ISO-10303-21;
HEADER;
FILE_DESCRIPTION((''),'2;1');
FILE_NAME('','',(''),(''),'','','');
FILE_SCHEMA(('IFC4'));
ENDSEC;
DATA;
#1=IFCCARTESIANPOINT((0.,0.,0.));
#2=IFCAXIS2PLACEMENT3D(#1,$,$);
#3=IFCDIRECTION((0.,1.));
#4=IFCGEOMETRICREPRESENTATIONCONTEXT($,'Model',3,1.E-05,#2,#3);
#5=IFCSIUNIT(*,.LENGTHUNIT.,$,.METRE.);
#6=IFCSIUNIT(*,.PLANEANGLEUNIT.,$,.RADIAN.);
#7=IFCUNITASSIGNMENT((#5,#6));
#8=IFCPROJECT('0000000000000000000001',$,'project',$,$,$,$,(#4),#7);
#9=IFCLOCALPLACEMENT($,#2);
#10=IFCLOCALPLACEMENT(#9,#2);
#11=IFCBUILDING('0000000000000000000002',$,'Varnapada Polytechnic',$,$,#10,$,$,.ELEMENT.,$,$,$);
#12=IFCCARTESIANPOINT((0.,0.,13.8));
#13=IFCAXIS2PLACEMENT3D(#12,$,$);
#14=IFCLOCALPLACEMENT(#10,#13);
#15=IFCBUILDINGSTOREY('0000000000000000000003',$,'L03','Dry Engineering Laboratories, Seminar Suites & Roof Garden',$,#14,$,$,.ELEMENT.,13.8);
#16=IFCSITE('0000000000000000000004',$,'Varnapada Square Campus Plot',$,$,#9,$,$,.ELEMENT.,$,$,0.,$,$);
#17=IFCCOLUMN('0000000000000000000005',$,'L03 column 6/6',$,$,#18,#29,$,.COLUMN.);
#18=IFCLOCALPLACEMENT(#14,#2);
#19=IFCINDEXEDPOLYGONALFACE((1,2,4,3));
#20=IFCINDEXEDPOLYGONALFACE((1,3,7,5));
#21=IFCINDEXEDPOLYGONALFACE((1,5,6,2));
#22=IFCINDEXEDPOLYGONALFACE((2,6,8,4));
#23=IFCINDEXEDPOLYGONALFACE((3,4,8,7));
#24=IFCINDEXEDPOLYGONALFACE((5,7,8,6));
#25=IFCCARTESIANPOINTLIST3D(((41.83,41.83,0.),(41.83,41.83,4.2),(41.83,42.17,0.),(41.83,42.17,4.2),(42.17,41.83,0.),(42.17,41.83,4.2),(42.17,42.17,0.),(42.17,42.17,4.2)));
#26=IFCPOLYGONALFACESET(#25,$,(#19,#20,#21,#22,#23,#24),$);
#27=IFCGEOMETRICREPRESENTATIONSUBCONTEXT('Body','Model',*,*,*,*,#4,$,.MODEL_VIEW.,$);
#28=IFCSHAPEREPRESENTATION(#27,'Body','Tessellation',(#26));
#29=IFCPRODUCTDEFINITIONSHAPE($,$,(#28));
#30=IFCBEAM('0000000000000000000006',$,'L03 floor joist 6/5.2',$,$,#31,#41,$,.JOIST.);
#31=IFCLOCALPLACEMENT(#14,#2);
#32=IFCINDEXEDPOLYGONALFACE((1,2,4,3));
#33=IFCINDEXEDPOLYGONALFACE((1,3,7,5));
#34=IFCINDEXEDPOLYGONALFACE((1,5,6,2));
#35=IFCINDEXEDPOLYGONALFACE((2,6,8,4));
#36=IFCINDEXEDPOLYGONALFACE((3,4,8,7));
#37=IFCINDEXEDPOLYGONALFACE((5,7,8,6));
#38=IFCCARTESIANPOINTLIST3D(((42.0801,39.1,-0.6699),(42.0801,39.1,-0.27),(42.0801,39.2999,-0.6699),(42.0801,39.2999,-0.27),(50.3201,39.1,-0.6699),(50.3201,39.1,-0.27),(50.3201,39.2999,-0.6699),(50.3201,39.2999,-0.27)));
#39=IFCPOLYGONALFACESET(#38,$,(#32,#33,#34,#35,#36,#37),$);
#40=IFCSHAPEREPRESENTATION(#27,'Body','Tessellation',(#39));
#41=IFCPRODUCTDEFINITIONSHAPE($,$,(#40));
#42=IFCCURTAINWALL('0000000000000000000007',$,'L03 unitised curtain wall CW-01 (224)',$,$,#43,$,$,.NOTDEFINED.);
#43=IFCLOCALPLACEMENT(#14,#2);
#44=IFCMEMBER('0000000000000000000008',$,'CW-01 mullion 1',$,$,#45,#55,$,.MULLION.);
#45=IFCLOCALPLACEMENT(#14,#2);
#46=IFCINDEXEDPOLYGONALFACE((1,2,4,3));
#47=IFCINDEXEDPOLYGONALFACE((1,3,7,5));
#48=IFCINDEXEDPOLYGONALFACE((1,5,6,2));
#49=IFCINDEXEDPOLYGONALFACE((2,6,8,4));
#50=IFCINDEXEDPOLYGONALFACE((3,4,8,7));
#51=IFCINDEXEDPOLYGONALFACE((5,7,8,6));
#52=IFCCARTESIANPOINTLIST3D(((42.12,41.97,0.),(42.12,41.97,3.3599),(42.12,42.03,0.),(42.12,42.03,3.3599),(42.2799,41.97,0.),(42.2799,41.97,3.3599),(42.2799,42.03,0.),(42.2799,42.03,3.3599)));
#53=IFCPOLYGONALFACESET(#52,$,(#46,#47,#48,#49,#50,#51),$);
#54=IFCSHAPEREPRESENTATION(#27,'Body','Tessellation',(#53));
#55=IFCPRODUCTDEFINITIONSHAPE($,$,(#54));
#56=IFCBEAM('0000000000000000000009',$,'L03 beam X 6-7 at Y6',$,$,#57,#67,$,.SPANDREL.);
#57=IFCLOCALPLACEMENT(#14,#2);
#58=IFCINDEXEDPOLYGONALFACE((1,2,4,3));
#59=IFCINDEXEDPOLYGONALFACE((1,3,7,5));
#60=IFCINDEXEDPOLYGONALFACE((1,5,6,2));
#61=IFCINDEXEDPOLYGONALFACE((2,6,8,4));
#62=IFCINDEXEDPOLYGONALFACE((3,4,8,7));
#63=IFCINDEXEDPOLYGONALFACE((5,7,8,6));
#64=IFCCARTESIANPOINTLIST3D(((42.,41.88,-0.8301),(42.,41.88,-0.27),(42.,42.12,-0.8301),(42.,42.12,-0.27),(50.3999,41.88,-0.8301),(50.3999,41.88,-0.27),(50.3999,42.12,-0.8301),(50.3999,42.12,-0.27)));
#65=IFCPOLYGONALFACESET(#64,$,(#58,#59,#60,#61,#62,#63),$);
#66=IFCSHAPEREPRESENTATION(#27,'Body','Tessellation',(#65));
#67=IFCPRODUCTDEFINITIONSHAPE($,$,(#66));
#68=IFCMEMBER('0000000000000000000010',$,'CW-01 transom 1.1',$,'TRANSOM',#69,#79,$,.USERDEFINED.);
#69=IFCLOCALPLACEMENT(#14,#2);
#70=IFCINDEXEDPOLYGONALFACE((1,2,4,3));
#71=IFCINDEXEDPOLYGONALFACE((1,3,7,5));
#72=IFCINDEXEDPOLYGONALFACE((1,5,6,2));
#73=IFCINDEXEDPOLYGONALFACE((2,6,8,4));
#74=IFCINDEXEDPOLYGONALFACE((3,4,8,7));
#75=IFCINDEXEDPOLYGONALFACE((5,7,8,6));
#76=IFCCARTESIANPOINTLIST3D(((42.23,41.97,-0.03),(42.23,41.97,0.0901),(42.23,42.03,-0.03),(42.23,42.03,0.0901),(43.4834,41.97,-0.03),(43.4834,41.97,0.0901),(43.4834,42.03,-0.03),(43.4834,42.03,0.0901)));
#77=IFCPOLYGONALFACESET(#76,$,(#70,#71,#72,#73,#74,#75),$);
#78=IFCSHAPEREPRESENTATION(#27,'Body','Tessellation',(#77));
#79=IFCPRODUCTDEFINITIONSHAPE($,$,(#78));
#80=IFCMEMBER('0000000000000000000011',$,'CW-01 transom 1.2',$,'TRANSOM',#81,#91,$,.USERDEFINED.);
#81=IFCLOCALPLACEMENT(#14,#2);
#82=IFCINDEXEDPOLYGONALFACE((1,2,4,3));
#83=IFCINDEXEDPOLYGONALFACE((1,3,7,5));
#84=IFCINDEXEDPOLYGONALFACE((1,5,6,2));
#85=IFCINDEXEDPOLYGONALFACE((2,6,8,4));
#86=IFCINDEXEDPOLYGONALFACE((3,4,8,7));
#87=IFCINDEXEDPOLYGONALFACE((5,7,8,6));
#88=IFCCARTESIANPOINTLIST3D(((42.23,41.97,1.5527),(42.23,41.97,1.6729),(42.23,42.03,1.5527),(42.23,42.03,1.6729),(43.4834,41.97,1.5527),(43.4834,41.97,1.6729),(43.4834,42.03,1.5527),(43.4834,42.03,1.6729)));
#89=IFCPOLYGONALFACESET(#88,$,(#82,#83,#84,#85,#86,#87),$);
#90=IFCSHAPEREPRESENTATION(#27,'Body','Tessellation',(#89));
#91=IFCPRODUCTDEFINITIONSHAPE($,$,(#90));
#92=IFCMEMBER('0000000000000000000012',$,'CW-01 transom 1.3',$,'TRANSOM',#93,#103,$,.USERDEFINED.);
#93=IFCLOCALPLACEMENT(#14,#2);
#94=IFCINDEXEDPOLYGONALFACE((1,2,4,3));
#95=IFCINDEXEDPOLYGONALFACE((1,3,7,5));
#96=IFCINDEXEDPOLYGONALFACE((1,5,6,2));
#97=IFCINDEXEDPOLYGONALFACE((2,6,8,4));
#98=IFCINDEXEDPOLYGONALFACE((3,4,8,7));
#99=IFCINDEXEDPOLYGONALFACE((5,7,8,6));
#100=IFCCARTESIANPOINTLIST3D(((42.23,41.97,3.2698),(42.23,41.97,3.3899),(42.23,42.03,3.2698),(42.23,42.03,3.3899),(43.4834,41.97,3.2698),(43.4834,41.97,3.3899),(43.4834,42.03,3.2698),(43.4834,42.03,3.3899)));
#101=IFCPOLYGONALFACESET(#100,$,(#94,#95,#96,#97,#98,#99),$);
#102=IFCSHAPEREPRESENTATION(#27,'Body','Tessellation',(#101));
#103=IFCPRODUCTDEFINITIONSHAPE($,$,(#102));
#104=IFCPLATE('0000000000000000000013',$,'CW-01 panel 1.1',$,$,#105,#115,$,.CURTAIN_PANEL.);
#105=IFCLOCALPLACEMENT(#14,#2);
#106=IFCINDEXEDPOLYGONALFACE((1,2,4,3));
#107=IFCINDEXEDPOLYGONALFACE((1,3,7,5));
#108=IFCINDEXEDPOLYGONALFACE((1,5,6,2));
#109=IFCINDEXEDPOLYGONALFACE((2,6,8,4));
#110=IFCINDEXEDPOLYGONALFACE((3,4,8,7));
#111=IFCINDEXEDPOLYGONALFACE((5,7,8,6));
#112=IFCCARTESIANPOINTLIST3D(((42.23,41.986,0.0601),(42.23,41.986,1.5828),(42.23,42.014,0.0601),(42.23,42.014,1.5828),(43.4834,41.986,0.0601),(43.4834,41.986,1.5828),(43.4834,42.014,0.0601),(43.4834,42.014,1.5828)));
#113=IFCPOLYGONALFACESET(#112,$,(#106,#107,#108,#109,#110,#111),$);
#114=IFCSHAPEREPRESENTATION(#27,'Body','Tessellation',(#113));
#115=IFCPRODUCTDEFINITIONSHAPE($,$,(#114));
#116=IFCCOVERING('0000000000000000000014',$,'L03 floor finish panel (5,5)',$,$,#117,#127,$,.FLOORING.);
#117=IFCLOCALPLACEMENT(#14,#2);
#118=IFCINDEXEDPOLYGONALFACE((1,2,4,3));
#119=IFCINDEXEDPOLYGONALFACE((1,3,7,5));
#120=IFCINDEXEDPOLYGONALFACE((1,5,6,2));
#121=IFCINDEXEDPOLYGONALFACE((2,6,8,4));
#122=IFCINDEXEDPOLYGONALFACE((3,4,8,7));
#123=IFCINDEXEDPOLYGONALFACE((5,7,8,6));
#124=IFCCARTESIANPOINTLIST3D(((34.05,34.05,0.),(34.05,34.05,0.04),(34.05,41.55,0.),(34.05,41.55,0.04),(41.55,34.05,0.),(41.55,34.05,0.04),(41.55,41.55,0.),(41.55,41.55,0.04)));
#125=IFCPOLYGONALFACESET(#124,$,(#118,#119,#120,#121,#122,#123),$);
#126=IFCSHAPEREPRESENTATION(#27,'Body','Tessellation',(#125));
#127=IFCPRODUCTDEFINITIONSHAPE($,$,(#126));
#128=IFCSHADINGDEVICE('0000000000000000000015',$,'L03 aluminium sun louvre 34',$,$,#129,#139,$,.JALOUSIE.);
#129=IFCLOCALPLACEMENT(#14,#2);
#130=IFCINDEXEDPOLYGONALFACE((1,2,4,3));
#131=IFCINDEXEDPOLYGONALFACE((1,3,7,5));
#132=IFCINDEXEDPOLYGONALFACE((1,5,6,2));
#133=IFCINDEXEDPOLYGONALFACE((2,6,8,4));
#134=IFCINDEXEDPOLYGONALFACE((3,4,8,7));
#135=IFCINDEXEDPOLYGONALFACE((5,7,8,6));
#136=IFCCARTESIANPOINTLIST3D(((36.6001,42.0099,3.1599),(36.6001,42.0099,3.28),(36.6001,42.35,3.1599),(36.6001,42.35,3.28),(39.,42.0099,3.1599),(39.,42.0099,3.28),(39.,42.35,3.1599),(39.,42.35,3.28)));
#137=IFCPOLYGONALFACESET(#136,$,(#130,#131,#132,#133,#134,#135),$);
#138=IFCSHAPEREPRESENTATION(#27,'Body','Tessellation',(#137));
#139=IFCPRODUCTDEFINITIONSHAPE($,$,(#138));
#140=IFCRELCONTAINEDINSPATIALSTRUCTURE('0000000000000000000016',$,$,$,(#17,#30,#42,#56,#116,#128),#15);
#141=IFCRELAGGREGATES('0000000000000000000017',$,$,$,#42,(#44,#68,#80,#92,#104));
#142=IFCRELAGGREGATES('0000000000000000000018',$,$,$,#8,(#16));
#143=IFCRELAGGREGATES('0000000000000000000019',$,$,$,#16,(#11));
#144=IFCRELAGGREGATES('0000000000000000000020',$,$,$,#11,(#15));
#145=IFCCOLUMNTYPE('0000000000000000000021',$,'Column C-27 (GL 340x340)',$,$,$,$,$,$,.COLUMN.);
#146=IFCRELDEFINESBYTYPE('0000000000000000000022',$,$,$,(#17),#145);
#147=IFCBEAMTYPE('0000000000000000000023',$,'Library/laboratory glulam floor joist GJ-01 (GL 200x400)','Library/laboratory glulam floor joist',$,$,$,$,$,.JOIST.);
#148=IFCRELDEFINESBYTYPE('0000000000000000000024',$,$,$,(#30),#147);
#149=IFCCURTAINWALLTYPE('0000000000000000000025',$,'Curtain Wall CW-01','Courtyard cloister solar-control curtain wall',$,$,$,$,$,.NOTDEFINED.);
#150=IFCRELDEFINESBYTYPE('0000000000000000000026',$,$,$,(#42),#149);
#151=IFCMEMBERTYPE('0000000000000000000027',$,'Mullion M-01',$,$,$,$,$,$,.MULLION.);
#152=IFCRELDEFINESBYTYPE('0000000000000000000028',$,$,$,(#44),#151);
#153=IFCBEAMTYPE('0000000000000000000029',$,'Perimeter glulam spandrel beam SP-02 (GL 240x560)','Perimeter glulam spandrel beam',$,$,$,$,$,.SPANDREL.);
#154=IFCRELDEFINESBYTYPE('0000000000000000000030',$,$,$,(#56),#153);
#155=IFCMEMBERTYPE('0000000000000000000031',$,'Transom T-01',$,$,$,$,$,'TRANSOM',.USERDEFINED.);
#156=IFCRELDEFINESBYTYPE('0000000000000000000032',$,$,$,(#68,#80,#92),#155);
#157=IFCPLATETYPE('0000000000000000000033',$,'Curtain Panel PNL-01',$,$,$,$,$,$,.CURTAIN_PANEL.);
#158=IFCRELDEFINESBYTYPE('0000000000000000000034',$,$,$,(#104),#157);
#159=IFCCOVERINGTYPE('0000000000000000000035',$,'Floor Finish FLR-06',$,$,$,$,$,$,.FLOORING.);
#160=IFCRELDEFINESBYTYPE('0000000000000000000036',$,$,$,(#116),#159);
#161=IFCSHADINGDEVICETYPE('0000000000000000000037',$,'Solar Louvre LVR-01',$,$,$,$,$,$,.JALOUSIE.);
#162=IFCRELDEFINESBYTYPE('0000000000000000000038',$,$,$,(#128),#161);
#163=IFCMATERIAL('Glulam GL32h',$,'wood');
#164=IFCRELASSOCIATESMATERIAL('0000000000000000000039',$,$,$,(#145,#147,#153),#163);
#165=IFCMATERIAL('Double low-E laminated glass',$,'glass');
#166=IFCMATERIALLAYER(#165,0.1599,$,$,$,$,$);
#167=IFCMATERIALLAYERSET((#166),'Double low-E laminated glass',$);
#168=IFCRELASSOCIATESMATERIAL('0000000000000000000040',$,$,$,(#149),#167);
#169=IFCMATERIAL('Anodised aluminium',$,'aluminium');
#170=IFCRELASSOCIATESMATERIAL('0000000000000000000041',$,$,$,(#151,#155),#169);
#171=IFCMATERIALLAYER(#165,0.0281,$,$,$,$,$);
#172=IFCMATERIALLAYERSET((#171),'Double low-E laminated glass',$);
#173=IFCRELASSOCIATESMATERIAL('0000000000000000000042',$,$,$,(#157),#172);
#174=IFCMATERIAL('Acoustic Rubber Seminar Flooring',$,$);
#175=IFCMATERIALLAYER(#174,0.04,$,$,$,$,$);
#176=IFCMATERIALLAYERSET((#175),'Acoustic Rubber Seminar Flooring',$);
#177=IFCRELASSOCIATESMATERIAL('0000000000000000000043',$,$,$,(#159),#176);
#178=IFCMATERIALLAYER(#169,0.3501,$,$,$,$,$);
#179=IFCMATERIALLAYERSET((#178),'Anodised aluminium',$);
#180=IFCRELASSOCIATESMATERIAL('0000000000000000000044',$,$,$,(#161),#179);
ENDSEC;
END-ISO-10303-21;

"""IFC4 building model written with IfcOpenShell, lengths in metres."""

from ifc_helpers import new_model, si_unit, direction, frame, origin, origin_2d, place, context, subcontext, project, spatial, rectangle, extrude, material, layer, layer_set, material_profile, profile_set, type_object, element, aggregate, save


model = new_model("IFC4")

# Units and contexts
model_context = context("Model", 3, precision=1e-05, world=origin(), true_north=direction((0.0, 1.0)))
body_context = subcontext(model_context, "Body", "Model", "MODEL_VIEW")
ifc_project = project(units=[si_unit("LENGTHUNIT", "METRE"), si_unit("PLANEANGLEUNIT", "RADIAN")], contexts=[model_context])

# Site, building, storey
site_placement = place(None, origin())
site = spatial("IfcSite", under=ifc_project, at=site_placement, Name="Varnapada Square Campus Plot", CompositionType="ELEMENT", RefElevation=0.0)
building_placement = place(site_placement, origin())
building = spatial("IfcBuilding", under=site, at=building_placement, Name="Varnapada Polytechnic", CompositionType="ELEMENT")
storey_placement = place(building_placement, frame((0.0, 0.0, 13.8)))
storey = spatial("IfcBuildingStorey", under=building, at=storey_placement, Name="L03", Description="Dry Engineering Laboratories, Seminar Suites & Roof Garden", CompositionType="ELEMENT", Elevation=13.8)

# Column
ifc_material_1 = material(Name="Glulam GL32h", Category="wood")
ifc_material_profile_1 = material_profile(ifc_material_1, rectangle(XDim=0.3401, YDim=0.3401, at=origin_2d()), Name="GL 340x340")
ifc_profile_set_1 = profile_set([ifc_material_profile_1], Name="Glulam GL32h")
column_type = type_object("IfcColumnType", Name="Column C-27 (GL 340x340)", PredefinedType="COLUMN", material=ifc_profile_set_1)
column_placement = place(storey_placement, frame((42.0, 42.0, 0.0), z_axis=(0.0, 0.0, 1.0), x_axis=(1.0, 0.0, 0.0)))
element("IfcColumn", 1, at=column_placement, inside=storey, type_object=column_type, Name="L03 column 6/6", PredefinedType="COLUMN", context=body_context, shape_type="SweptSolid", body=[
    extrude(rectangle(XDim=0.3401, YDim=0.3401, at=origin_2d()), origin(), (0.0, 0.0, 1.0), 4.2),
])

# Beam
ifc_material_profile_2 = material_profile(ifc_material_1, rectangle(XDim=0.2, YDim=0.3999, at=origin_2d()), Name="GL 200x400")
ifc_profile_set_2 = profile_set([ifc_material_profile_2], Name="Glulam GL32h")
beam_type_1 = type_object("IfcBeamType", Name="Library/laboratory glulam floor joist GJ-01 (GL 200x400)", Description="Library/laboratory glulam floor joist", PredefinedType="JOIST", material=ifc_profile_set_2)
beam_1_placement = place(storey_placement, frame((42.0801, 39.2, -0.47), z_axis=(1.0, 0.0, 0.0), x_axis=(0.0, 1.0, 0.0)))
element("IfcBeam", 2, at=beam_1_placement, inside=storey, type_object=beam_type_1, Name="L03 floor joist 6/5.2", PredefinedType="JOIST", context=body_context, shape_type="SweptSolid", body=[
    extrude(rectangle(XDim=0.2, YDim=0.3999, at=origin_2d()), origin(), (0.0, 0.0, 1.0), 8.24),
])

# Curtain wall, member
ifc_material_2 = material(Name="Double low-E laminated glass", Category="glass")
ifc_layer_1 = layer(ifc_material_2, 0.1599)
ifc_layer_set_1 = layer_set([ifc_layer_1], Name="Double low-E laminated glass")
curtain_wall_type = type_object("IfcCurtainWallType", Name="Curtain Wall CW-01", Description="Courtyard cloister solar-control curtain wall", PredefinedType="NOTDEFINED", material=ifc_layer_set_1)
curtain_wall_placement = place(storey_placement, origin())
curtain_wall = element("IfcCurtainWall", 3, at=curtain_wall_placement, inside=storey, type_object=curtain_wall_type, Name="L03 unitised curtain wall CW-01 (224)", PredefinedType="NOTDEFINED")
ifc_material_3 = material(Name="Anodised aluminium", Category="aluminium")
ifc_material_profile_3 = material_profile(ifc_material_3, rectangle(XDim=0.0601, YDim=0.1599, at=origin_2d()), Name="ALU M60x160")
ifc_profile_set_3 = profile_set([ifc_material_profile_3], Name="Anodised aluminium")
member_type_1 = type_object("IfcMemberType", Name="Mullion M-01", PredefinedType="MULLION", material=ifc_profile_set_3)
member_1_placement = place(storey_placement, frame((42.2, 42.0, 0.0), z_axis=(0.0, 0.0, 1.0), x_axis=(0.0, 1.0, 0.0)))
member_1 = element("IfcMember", 4, at=member_1_placement, type_object=member_type_1, Name="CW-01 mullion 1", PredefinedType="MULLION", context=body_context, shape_type="SweptSolid", body=[
    extrude(rectangle(XDim=0.0601, YDim=0.1599, at=origin_2d()), origin(), (0.0, 0.0, 1.0), 3.3599),
])

# Beam
ifc_material_profile_4 = material_profile(ifc_material_1, rectangle(XDim=0.24, YDim=0.5601, at=origin_2d()), Name="GL 240x560")
ifc_profile_set_4 = profile_set([ifc_material_profile_4], Name="Glulam GL32h")
beam_type_2 = type_object("IfcBeamType", Name="Perimeter glulam spandrel beam SP-02 (GL 240x560)", Description="Perimeter glulam spandrel beam", PredefinedType="SPANDREL", material=ifc_profile_set_4)
beam_2_placement = place(storey_placement, frame((42.0, 42.0, -0.55), z_axis=(1.0, 0.0, 0.0), x_axis=(0.0, 1.0, 0.0)))
element("IfcBeam", 5, at=beam_2_placement, inside=storey, type_object=beam_type_2, Name="L03 beam X 6-7 at Y6", PredefinedType="SPANDREL", context=body_context, shape_type="SweptSolid", body=[
    extrude(rectangle(XDim=0.24, YDim=0.5601, at=origin_2d()), origin(), (0.0, 0.0, 1.0), 8.3999),
])

# Members
ifc_material_profile_5 = material_profile(ifc_material_3, rectangle(XDim=0.0601, YDim=0.1201, at=origin_2d()), Name="ALU T60x120")
ifc_profile_set_5 = profile_set([ifc_material_profile_5], Name="Anodised aluminium")
member_type_2 = type_object("IfcMemberType", Name="Transom T-01", ElementType="TRANSOM", PredefinedType="USERDEFINED", material=ifc_profile_set_5)
member_2_placement = place(storey_placement, frame((42.23, 42.0, 0.03), z_axis=(1.0, 0.0, 0.0), x_axis=(0.0, 1.0, 0.0)))
member_2 = element("IfcMember", 6, at=member_2_placement, type_object=member_type_2, Name="CW-01 transom 1.1", ObjectType="TRANSOM", PredefinedType="USERDEFINED", context=body_context, shape_type="SweptSolid", body=[
    extrude(rectangle(XDim=0.0601, YDim=0.1201, at=origin_2d()), origin(), (0.0, 0.0, 1.0), 1.2534),
])
member_3_placement = place(storey_placement, frame((42.23, 42.0, 1.6128), z_axis=(1.0, 0.0, 0.0), x_axis=(0.0, 1.0, 0.0)))
member_3 = element("IfcMember", 7, at=member_3_placement, type_object=member_type_2, Name="CW-01 transom 1.2", ObjectType="TRANSOM", PredefinedType="USERDEFINED", context=body_context, shape_type="SweptSolid", body=[
    extrude(rectangle(XDim=0.0601, YDim=0.1201, at=origin_2d()), origin(), (0.0, 0.0, 1.0), 1.2534),
])
member_4_placement = place(storey_placement, frame((42.23, 42.0, 3.3298), z_axis=(1.0, 0.0, 0.0), x_axis=(0.0, 1.0, 0.0)))
member_4 = element("IfcMember", 8, at=member_4_placement, type_object=member_type_2, Name="CW-01 transom 1.3", ObjectType="TRANSOM", PredefinedType="USERDEFINED", context=body_context, shape_type="SweptSolid", body=[
    extrude(rectangle(XDim=0.0601, YDim=0.1201, at=origin_2d()), origin(), (0.0, 0.0, 1.0), 1.2534),
])

# Plate
ifc_layer_2 = layer(ifc_material_2, 0.0281)
ifc_layer_set_2 = layer_set([ifc_layer_2], Name="Double low-E laminated glass")
plate_type = type_object("IfcPlateType", Name="Curtain Panel PNL-01", PredefinedType="CURTAIN_PANEL", material=ifc_layer_set_2)
plate_placement = place(storey_placement, frame((42.8567, 42.0, 0.0601), z_axis=(0.0, 0.0, 1.0), x_axis=(1.0, 0.0, 0.0)))
plate = element("IfcPlate", 9, at=plate_placement, type_object=plate_type, Name="CW-01 panel 1.1", PredefinedType="CURTAIN_PANEL", context=body_context, shape_type="SweptSolid", body=[
    extrude(rectangle(XDim=1.2534, YDim=0.0281, at=origin_2d()), origin(), (0.0, 0.0, 1.0), 1.5227),
])
aggregate(curtain_wall, [member_1, member_2, member_3, member_4, plate])

# Covering
ifc_material_4 = material(Name="Acoustic Rubber Seminar Flooring")
ifc_layer_3 = layer(ifc_material_4, 0.04)
ifc_layer_set_3 = layer_set([ifc_layer_3], Name="Acoustic Rubber Seminar Flooring")
covering_type_1 = type_object("IfcCoveringType", Name="Floor Finish FLR-06", PredefinedType="FLOORING", material=ifc_layer_set_3)
covering_1_placement = place(storey_placement, frame((37.8, 37.8, 0.0), z_axis=(0.0, 0.0, 1.0), x_axis=(1.0, 0.0, 0.0)))
element("IfcCovering", 10, at=covering_1_placement, inside=storey, type_object=covering_type_1, Name="L03 floor finish panel (5,5)", PredefinedType="FLOORING", context=body_context, shape_type="SweptSolid", body=[
    extrude(rectangle(XDim=7.5, YDim=7.5, at=origin_2d()), origin(), (0.0, 0.0, 1.0), 0.04),
])

# Shading device
ifc_layer_4 = layer(ifc_material_3, 0.3501)
ifc_layer_set_4 = layer_set([ifc_layer_4], Name="Anodised aluminium")
shading_device_type_1 = type_object("IfcShadingDeviceType", Name="Solar Louvre LVR-01", PredefinedType="JALOUSIE", material=ifc_layer_set_4)
shading_device_1_placement = place(storey_placement, frame((37.8, 42.1799, 3.1599), z_axis=(0.0, 0.0, 1.0), x_axis=(1.0, 0.0, 0.0)))
element("IfcShadingDevice", 11, at=shading_device_1_placement, inside=storey, type_object=shading_device_type_1, Name="L03 aluminium sun louvre 34", PredefinedType="JALOUSIE", context=body_context, shape_type="SweptSolid", body=[
    extrude(rectangle(XDim=2.3999, YDim=0.3401, at=origin_2d()), origin(), (0.0, 0.0, 1.0), 0.1201),
])

save(model, "model.ifc")
